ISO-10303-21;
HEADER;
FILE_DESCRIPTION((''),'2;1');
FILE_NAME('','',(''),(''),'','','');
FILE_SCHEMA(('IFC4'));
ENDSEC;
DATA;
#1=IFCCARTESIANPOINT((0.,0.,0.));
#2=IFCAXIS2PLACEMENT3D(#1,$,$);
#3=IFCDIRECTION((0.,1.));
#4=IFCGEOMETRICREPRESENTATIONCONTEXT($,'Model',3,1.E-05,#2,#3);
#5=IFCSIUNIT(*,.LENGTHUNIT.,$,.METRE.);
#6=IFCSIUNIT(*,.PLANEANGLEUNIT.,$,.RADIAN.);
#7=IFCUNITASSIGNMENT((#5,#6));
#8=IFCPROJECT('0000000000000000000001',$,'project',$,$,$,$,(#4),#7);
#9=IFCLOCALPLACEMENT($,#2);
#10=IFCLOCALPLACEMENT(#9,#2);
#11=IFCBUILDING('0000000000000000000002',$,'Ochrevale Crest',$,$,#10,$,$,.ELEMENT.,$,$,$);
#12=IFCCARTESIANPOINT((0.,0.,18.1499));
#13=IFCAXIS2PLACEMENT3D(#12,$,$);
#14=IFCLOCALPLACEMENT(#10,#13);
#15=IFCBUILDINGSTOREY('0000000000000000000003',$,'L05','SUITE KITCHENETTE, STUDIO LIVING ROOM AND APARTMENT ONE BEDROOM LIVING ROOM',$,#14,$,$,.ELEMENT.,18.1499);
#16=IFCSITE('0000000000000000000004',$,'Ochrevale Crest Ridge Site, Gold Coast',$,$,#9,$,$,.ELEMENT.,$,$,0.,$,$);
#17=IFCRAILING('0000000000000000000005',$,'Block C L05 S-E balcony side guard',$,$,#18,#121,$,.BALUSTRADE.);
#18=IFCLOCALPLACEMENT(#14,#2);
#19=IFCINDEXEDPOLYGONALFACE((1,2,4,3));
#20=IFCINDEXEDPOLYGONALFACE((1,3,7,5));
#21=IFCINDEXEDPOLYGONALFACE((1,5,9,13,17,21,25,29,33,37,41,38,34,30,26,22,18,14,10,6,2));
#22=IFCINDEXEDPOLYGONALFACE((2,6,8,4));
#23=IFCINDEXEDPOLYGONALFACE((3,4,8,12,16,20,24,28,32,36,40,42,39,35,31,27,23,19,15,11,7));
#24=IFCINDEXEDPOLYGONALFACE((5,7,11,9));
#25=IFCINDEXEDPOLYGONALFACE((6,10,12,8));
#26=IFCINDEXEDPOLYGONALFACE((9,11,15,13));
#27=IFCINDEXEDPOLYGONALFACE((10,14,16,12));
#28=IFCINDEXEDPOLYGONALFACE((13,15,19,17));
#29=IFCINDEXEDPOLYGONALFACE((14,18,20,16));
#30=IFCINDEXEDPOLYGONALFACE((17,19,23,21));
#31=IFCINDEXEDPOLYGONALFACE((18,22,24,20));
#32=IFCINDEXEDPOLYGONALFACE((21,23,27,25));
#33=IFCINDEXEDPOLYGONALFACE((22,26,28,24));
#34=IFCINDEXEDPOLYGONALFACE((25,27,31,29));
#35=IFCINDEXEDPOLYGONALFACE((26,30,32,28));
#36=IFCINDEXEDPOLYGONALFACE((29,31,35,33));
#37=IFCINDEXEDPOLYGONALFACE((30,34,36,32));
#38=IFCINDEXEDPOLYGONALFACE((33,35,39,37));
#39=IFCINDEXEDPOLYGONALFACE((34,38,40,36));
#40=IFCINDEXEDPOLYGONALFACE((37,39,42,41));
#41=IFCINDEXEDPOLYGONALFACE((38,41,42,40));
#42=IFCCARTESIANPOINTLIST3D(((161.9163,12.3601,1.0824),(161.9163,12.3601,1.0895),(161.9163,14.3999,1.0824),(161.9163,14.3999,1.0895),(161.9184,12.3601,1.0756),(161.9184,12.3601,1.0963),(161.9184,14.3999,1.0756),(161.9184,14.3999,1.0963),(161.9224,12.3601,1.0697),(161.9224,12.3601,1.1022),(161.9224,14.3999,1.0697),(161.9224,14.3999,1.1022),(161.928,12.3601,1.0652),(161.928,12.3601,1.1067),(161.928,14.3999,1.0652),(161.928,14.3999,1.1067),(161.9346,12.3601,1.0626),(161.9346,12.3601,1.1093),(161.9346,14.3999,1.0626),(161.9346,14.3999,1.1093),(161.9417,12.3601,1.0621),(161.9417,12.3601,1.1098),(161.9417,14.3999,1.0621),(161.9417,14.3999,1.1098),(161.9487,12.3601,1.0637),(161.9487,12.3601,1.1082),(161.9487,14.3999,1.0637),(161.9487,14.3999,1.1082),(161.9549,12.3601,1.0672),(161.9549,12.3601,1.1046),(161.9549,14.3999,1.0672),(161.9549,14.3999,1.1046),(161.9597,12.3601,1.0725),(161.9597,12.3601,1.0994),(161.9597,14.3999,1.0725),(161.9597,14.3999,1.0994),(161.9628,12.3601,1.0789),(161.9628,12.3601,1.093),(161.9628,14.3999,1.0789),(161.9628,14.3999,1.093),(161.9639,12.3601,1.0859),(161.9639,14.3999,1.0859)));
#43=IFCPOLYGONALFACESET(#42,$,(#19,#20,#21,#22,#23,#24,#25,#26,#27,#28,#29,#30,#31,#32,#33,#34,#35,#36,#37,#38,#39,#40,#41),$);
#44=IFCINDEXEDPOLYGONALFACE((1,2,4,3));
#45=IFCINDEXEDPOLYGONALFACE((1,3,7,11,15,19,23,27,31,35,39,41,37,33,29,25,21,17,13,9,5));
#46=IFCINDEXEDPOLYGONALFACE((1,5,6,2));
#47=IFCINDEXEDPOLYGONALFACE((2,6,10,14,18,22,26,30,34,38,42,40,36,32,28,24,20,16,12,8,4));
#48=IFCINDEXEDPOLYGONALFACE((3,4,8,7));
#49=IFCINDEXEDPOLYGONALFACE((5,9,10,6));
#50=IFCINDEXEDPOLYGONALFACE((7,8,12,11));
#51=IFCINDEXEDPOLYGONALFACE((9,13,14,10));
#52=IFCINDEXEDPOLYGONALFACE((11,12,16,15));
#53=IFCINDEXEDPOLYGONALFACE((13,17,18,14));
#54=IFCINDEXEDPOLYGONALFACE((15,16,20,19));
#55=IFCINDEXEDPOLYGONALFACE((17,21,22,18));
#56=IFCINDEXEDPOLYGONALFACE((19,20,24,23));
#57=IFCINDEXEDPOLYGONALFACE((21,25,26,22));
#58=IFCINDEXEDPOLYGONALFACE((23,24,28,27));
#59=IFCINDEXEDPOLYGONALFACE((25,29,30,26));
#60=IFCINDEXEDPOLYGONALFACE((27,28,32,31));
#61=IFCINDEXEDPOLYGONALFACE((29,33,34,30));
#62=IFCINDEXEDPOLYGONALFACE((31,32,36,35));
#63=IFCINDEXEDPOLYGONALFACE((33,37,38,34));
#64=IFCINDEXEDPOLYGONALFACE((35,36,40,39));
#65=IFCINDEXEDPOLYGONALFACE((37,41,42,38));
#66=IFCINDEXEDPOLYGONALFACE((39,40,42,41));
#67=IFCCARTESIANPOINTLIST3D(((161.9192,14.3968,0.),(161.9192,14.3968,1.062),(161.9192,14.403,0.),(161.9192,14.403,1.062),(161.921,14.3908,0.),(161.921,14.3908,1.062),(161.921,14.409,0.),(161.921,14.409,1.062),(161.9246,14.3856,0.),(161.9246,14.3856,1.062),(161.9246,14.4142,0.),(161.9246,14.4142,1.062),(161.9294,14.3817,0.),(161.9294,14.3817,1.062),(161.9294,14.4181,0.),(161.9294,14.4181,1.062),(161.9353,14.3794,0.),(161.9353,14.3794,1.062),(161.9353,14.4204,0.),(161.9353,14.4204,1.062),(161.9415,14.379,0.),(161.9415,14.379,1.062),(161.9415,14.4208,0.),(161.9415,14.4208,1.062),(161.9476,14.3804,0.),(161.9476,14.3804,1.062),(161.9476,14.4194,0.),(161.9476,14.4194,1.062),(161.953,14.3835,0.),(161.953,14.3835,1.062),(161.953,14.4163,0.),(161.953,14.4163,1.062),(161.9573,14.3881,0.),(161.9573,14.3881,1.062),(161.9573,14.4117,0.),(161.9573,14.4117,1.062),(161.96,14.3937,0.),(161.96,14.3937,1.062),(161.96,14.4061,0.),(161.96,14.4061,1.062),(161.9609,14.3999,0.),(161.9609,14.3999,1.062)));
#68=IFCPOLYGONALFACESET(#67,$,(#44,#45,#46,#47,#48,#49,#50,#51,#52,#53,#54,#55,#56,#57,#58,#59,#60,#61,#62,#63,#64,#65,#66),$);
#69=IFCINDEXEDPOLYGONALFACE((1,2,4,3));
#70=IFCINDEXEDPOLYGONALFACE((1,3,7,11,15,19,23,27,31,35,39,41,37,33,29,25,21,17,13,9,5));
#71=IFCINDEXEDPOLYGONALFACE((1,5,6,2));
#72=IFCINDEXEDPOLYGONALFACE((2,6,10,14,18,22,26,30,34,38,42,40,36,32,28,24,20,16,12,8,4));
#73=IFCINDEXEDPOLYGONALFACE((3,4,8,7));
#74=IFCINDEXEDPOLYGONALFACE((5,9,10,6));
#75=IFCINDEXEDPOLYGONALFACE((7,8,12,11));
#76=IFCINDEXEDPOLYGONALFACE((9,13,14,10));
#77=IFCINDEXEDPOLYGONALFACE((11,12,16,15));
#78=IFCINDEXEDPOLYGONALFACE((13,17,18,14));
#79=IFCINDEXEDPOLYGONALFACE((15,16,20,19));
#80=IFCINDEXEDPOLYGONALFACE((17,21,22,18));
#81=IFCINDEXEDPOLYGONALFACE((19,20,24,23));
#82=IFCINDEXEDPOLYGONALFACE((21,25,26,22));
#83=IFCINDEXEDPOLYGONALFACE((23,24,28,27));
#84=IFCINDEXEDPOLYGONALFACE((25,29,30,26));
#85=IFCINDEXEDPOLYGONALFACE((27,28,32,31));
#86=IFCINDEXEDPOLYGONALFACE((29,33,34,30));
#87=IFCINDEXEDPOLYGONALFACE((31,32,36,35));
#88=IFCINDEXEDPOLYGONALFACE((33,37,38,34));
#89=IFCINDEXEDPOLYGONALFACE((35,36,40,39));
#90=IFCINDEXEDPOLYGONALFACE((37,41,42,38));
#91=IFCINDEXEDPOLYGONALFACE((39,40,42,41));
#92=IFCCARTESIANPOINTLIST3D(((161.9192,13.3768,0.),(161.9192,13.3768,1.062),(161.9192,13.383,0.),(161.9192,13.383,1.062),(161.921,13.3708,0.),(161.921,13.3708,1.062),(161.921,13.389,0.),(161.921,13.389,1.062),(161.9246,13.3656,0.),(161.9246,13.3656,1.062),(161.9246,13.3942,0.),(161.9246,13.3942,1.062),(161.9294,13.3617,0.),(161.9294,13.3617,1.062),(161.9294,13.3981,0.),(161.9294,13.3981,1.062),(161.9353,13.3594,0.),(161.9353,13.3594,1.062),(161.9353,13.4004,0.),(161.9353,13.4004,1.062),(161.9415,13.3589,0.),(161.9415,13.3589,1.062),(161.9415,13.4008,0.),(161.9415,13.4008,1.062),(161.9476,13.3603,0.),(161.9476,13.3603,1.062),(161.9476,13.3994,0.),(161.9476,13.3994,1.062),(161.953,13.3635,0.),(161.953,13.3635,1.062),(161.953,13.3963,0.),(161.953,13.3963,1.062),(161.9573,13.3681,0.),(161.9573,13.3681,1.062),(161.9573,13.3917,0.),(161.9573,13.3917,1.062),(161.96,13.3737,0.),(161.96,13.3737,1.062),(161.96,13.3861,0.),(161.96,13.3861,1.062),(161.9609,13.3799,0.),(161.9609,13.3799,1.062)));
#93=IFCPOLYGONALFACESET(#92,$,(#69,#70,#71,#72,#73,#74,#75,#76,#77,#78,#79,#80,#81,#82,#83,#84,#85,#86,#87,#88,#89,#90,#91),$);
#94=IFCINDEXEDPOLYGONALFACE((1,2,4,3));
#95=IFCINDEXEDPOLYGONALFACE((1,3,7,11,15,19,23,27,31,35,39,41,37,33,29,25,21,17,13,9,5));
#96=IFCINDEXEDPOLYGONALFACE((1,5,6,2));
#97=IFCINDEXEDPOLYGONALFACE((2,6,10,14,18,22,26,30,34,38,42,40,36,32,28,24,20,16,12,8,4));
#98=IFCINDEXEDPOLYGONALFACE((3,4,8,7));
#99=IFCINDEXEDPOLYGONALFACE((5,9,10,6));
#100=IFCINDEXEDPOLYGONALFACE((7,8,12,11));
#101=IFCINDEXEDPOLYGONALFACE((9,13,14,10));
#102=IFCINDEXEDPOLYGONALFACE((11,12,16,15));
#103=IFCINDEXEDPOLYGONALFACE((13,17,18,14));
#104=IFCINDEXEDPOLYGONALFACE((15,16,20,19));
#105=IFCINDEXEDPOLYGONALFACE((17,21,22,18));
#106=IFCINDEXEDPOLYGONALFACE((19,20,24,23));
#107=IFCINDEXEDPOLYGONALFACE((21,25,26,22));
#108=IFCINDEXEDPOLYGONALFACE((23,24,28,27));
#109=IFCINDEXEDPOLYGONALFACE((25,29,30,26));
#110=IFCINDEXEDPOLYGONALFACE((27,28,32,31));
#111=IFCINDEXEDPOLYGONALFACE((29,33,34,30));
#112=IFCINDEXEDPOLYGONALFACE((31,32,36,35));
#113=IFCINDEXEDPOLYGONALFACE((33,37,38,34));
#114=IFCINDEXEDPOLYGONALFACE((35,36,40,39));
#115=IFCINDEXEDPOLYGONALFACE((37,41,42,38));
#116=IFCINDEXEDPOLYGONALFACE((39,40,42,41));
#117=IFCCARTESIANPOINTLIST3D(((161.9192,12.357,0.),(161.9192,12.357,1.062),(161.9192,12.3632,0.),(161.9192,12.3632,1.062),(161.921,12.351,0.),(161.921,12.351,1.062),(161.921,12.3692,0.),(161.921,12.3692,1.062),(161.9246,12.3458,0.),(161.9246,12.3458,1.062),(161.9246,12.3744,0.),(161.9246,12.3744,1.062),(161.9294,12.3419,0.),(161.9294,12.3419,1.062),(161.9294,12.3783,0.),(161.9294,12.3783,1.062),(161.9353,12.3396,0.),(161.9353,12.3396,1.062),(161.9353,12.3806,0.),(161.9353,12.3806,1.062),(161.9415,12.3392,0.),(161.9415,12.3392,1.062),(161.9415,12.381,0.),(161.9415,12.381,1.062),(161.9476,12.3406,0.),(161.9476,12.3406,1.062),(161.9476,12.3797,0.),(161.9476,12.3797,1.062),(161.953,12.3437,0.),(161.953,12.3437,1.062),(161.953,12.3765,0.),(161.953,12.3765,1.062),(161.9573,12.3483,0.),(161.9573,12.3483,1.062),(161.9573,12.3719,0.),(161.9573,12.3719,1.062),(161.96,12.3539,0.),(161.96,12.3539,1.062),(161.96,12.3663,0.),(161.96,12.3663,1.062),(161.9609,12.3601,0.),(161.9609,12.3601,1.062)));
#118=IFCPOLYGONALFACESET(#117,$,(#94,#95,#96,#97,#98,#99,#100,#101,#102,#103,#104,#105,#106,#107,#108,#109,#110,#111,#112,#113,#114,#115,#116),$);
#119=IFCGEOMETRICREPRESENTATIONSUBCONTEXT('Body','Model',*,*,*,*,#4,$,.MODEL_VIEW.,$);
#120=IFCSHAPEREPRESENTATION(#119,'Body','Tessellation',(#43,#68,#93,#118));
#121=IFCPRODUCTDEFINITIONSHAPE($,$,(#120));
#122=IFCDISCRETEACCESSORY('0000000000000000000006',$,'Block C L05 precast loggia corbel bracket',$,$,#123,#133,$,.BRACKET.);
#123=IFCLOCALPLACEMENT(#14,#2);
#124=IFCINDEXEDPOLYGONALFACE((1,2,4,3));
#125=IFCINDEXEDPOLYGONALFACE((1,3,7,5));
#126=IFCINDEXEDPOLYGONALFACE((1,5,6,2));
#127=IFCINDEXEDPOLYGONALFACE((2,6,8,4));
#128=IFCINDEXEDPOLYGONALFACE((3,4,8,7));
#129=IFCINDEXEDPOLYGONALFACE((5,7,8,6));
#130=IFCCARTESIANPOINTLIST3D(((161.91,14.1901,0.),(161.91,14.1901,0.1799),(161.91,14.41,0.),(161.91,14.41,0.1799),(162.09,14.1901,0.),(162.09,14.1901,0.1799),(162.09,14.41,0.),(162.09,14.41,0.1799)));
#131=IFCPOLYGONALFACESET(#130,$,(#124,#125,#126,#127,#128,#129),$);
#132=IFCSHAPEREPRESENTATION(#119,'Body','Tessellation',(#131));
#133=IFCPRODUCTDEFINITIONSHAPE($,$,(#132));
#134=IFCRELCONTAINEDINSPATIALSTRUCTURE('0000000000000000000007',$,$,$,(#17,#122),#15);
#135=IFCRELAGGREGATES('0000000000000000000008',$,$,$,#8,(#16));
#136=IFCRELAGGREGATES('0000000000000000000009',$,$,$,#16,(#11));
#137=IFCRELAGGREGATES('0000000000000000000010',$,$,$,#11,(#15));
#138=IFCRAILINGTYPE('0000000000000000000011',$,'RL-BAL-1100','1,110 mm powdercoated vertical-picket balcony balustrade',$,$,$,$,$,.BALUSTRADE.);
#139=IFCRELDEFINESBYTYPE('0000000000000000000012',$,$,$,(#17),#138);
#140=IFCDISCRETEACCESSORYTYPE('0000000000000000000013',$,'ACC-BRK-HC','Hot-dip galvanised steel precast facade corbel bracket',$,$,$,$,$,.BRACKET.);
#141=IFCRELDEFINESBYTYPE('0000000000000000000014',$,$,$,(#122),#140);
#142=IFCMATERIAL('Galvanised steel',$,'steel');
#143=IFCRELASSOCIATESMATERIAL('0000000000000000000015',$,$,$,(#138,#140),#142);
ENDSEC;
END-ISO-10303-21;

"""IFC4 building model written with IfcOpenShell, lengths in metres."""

from ifc_helpers import new_model, si_unit, direction, frame, origin, origin_2d, place, context, subcontext, project, spatial, rectangle, circle, extrude, material, type_object, element, save


model = new_model("IFC4")

# Units and contexts
model_context = context("Model", 3, precision=1e-05, world=origin(), true_north=direction((0.0, 1.0)))
body_context = subcontext(model_context, "Body", "Model", "MODEL_VIEW")
ifc_project = project(units=[si_unit("LENGTHUNIT", "METRE"), si_unit("PLANEANGLEUNIT", "RADIAN")], contexts=[model_context])

# Site, building, storey
site_placement = place(None, origin())
site = spatial("IfcSite", under=ifc_project, at=site_placement, Name="Ochrevale Crest Ridge Site, Gold Coast", CompositionType="ELEMENT", RefElevation=0.0)
building_placement = place(site_placement, origin())
building = spatial("IfcBuilding", under=site, at=building_placement, Name="Ochrevale Crest", CompositionType="ELEMENT")
storey_placement = place(building_placement, frame((0.0, 0.0, 18.1499)))
storey = spatial("IfcBuildingStorey", under=building, at=storey_placement, Name="L05", Description="SUITE KITCHENETTE, STUDIO LIVING ROOM AND APARTMENT ONE BEDROOM LIVING ROOM", CompositionType="ELEMENT", Elevation=18.1499)

# Railing
ifc_material_1 = material(Name="Galvanised steel", Category="steel")
railing_type = type_object("IfcRailingType", Name="RL-BAL-1100", Description="1,110 mm powdercoated vertical-picket balcony balustrade", PredefinedType="BALUSTRADE", material=ifc_material_1)
railing_placement = place(storey_placement, frame((161.9399, 14.3999, 0.0)))
element("IfcRailing", 1, at=railing_placement, inside=storey, type_object=railing_type, Name="Block C L05 S-E balcony side guard", PredefinedType="BALUSTRADE", context=body_context, shape_type="SweptSolid", body=[
    extrude(circle(Radius=0.0239, at=origin_2d()), frame((0.0, 0.0, 1.0859), z_axis=(0.0, -1.0, 0.0), x_axis=(1.0, 0.0, 0.0)), (0.0, 0.0, 1.0), 2.0398),
    extrude(circle(Radius=0.021, at=origin_2d()), origin(), (0.0, 0.0, 1.0), 1.062),
    extrude(circle(Radius=0.021, at=origin_2d()), frame((0.0, -1.02, 0.0)), (0.0, 0.0, 1.0), 1.062),
    extrude(circle(Radius=0.021, at=origin_2d()), frame((0.0, -2.0398, 0.0)), (0.0, 0.0, 1.0), 1.062),
])

# Discrete accessory
discrete_accessory_type = type_object("IfcDiscreteAccessoryType", Name="ACC-BRK-HC", Description="Hot-dip galvanised steel precast facade corbel bracket", PredefinedType="BRACKET", material=ifc_material_1)
discrete_accessory_placement = place(storey_placement, frame((162.0, 14.3, 0.0), z_axis=(0.0, 0.0, 1.0), x_axis=(1.0, 0.0, 0.0)))
element("IfcDiscreteAccessory", 2, at=discrete_accessory_placement, inside=storey, type_object=discrete_accessory_type, Name="Block C L05 precast loggia corbel bracket", PredefinedType="BRACKET", context=body_context, shape_type="SweptSolid", body=[
    extrude(rectangle(XDim=0.1799, YDim=0.22, at=origin_2d()), origin(), (0.0, 0.0, 1.0), 0.1799),
])

save(model, "model.ifc")
